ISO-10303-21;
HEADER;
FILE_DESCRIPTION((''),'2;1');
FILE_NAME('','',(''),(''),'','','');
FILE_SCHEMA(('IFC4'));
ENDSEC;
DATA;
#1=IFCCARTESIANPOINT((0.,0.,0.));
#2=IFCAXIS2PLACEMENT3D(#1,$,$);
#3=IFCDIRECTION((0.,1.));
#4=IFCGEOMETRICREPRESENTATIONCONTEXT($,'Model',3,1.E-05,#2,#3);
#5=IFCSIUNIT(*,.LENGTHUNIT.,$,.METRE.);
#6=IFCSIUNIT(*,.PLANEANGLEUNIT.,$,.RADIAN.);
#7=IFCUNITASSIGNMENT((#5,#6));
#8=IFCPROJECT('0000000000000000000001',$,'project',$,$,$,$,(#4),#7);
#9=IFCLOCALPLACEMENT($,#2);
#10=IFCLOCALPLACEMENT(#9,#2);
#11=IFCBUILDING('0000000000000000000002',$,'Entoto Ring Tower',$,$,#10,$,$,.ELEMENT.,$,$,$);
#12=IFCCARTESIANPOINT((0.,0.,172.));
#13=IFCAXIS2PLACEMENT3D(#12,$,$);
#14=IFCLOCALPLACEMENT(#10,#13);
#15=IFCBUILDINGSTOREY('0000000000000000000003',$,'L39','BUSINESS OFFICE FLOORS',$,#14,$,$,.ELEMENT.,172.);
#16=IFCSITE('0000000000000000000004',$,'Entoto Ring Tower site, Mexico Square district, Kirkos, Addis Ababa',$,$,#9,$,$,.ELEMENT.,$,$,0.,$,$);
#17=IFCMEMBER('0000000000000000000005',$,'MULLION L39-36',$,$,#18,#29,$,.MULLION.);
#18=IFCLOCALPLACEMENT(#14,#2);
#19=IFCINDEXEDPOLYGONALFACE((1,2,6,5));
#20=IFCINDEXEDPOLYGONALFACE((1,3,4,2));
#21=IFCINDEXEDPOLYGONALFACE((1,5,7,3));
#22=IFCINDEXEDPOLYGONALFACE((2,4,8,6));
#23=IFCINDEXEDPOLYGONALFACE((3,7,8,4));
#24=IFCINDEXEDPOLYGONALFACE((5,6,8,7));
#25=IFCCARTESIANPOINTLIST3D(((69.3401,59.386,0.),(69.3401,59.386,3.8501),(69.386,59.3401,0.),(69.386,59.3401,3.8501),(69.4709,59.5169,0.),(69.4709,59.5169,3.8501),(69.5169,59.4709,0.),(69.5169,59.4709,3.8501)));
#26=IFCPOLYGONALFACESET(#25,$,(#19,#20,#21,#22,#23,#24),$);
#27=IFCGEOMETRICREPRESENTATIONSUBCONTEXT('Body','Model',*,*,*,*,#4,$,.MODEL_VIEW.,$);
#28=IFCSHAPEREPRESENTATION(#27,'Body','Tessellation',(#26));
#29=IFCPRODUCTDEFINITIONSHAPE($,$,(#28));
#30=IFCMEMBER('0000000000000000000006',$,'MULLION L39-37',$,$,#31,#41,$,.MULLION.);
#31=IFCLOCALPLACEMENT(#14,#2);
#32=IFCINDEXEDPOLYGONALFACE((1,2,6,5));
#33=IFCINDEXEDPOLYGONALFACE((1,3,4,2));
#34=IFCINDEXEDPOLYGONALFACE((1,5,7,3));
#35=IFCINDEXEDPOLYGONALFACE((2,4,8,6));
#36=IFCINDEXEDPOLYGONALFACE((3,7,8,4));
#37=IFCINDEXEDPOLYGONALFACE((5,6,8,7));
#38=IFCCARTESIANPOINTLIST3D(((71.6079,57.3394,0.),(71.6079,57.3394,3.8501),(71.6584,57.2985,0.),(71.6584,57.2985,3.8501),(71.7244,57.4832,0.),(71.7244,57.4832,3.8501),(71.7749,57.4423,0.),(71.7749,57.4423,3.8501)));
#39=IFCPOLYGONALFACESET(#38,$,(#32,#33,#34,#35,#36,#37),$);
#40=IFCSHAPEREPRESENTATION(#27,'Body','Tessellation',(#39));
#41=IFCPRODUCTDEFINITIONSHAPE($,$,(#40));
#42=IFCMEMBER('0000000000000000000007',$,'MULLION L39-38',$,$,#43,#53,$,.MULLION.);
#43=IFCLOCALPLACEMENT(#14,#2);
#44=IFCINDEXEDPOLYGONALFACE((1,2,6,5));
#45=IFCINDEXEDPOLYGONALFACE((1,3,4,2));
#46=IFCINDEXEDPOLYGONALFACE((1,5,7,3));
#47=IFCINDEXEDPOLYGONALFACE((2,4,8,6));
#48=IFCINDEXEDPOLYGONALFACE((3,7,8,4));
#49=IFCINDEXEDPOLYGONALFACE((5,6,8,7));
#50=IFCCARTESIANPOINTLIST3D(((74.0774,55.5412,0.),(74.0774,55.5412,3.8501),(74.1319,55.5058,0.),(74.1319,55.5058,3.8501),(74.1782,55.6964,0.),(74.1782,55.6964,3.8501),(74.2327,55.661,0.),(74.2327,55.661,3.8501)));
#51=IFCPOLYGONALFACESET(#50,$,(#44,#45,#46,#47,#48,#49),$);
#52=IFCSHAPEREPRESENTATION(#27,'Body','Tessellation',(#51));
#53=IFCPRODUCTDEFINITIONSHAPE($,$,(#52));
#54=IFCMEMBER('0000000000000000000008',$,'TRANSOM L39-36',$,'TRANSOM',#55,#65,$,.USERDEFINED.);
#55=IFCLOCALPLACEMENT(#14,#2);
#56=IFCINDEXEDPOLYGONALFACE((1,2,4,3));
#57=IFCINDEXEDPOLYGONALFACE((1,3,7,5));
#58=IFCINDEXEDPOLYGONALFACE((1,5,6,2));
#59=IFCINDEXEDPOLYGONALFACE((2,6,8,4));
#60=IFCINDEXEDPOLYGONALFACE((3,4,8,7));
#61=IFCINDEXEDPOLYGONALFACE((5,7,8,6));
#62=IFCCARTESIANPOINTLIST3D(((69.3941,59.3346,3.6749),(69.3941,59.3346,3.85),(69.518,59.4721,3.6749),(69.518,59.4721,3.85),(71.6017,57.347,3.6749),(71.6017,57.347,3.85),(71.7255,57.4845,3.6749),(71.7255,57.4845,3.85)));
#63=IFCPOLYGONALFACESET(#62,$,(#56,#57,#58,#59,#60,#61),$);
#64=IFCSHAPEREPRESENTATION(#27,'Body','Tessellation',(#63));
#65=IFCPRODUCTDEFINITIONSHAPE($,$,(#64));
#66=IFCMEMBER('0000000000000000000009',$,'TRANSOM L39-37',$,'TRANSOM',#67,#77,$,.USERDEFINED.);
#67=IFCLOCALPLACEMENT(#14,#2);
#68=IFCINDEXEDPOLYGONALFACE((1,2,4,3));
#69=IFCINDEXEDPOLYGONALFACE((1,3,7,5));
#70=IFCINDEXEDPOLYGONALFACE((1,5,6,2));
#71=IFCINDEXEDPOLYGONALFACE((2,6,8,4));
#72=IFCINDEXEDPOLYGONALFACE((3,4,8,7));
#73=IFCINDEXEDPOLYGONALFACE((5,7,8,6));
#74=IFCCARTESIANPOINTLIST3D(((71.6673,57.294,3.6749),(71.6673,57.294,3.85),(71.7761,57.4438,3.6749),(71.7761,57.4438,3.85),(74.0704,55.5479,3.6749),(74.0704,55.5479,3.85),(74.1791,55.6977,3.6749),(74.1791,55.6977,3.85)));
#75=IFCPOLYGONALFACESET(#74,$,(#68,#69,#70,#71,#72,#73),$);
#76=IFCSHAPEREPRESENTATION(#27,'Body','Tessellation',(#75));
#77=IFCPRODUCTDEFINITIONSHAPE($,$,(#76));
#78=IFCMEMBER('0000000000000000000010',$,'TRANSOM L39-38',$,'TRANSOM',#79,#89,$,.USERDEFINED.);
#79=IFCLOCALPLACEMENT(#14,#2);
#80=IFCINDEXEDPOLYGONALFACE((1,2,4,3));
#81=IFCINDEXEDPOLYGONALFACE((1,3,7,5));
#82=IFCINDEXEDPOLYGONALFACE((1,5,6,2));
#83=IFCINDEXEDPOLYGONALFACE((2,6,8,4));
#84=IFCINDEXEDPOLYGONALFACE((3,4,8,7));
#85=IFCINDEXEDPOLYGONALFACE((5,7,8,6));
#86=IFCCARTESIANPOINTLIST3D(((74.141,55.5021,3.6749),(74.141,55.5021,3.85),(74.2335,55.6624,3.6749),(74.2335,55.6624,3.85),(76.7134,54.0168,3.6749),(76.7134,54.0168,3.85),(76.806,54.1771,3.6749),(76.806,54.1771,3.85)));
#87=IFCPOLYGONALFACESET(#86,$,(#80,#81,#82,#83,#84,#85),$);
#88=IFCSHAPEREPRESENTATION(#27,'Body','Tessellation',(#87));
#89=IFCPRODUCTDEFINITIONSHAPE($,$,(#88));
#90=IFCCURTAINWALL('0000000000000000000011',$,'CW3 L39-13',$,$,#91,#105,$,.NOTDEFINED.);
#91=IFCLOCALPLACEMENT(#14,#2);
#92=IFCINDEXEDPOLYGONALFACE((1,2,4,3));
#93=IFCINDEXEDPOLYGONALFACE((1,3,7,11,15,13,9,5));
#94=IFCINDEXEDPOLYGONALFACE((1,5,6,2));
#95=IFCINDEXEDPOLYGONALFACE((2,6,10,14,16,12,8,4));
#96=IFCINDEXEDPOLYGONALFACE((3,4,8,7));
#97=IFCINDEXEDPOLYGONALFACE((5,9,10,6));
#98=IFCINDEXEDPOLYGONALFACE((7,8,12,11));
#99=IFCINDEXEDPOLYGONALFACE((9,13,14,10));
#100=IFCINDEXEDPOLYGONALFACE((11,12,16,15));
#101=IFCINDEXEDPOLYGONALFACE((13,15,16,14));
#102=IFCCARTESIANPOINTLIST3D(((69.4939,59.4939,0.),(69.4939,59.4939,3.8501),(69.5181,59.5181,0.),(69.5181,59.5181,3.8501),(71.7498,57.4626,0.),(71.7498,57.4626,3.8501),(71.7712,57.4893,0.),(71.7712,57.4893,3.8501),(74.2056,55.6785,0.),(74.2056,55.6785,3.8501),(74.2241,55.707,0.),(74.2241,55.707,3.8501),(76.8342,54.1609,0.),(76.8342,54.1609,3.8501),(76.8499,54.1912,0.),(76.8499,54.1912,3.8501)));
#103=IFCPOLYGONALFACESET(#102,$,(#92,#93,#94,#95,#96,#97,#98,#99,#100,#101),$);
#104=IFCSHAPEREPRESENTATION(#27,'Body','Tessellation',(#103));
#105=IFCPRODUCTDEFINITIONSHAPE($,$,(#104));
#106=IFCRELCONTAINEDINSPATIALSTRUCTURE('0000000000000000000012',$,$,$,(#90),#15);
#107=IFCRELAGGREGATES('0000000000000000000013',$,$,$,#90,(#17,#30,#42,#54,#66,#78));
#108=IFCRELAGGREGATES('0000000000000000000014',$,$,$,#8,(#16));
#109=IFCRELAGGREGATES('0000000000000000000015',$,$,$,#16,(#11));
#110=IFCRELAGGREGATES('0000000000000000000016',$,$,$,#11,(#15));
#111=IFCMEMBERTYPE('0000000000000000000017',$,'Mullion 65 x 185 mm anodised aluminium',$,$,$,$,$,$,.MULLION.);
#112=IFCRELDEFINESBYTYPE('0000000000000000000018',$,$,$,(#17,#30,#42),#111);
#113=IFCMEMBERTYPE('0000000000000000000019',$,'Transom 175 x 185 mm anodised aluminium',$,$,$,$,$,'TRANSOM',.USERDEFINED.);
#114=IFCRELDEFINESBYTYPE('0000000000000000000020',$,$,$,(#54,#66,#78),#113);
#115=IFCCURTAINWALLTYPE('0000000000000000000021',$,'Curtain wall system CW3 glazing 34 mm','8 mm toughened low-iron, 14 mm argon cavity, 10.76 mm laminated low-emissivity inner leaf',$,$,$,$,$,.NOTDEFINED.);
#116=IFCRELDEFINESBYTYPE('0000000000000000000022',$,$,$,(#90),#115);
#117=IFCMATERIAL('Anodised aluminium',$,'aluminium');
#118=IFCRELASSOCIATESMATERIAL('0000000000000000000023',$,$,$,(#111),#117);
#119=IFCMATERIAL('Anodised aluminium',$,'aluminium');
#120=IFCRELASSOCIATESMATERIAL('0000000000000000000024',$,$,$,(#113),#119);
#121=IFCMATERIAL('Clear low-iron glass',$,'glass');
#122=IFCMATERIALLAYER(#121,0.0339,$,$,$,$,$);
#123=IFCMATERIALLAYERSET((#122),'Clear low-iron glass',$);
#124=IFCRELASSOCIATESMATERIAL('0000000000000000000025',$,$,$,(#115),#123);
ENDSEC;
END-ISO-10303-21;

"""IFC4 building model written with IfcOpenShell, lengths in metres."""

from ifc_helpers import new_model, si_unit, direction, frame, origin, origin_2d, place, context, subcontext, project, spatial, polyline, rectangle, outline, extrude, material, layer, layer_set, material_profile, profile_set, type_object, element, aggregate, save


model = new_model("IFC4")

# Units and contexts
model_context = context("Model", 3, precision=1e-05, world=origin(), true_north=direction((0.0, 1.0)))
body_context = subcontext(model_context, "Body", "Model", "MODEL_VIEW")
ifc_project = project(units=[si_unit("LENGTHUNIT", "METRE"), si_unit("PLANEANGLEUNIT", "RADIAN")], contexts=[model_context])

# Members
ifc_material_1 = material(Name="Anodised aluminium", Category="aluminium")
ifc_material_profile_1 = material_profile(ifc_material_1, rectangle(XDim=0.0649, YDim=0.1851, at=origin_2d()), Name="Mullion 65 x 185 mm anodised aluminium")
ifc_profile_set_1 = profile_set([ifc_material_profile_1], Name="Anodised aluminium")
member_type_1 = type_object("IfcMemberType", Name="Mullion 65 x 185 mm anodised aluminium", PredefinedType="MULLION", material=ifc_profile_set_1)
site_placement = place(None, origin())
building_placement = place(site_placement, origin())
storey_placement = place(building_placement, frame((0.0, 0.0, 172.0)))
member_1_placement = place(storey_placement, frame((69.4285, 59.4285, 0.0), z_axis=(0.0, 0.0, 1.0), x_axis=(0.707107, -0.707107, 0.0)))
member_1 = element("IfcMember", 1, at=member_1_placement, type_object=member_type_1, Name="MULLION L39-36", PredefinedType="MULLION", context=body_context, shape_type="SweptSolid", body=[
    extrude(rectangle(XDim=0.0649, YDim=0.1851, at=origin_2d()), origin(), (0.0, 0.0, 1.0), 3.8501),
])
member_2_placement = place(storey_placement, frame((71.6914, 57.3909, 0.0), z_axis=(0.0, 0.0, 1.0), x_axis=(0.777146, -0.62932, 0.0)))
member_2 = element("IfcMember", 2, at=member_2_placement, type_object=member_type_1, Name="MULLION L39-37", PredefinedType="MULLION", context=body_context, shape_type="SweptSolid", body=[
    extrude(rectangle(XDim=0.0649, YDim=0.1851, at=origin_2d()), origin(), (0.0, 0.0, 1.0), 3.8501),
])
member_3_placement = place(storey_placement, frame((74.155, 55.6011, 0.0), z_axis=(0.0, 0.0, 1.0), x_axis=(0.838671, -0.544639, 0.0)))
member_3 = element("IfcMember", 3, at=member_3_placement, type_object=member_type_1, Name="MULLION L39-38", PredefinedType="MULLION", context=body_context, shape_type="SweptSolid", body=[
    extrude(rectangle(XDim=0.0649, YDim=0.1851, at=origin_2d()), origin(), (0.0, 0.0, 1.0), 3.8501),
])
ifc_material_2 = material(Name="Anodised aluminium", Category="aluminium")
ifc_material_profile_2 = material_profile(ifc_material_2, rectangle(XDim=0.1851, YDim=0.175, at=origin_2d()), Name="Transom 175 x 185 mm anodised aluminium")
ifc_profile_set_2 = profile_set([ifc_material_profile_2], Name="Anodised aluminium")
member_type_2 = type_object("IfcMemberType", Name="Transom 175 x 185 mm anodised aluminium", ElementType="TRANSOM", PredefinedType="USERDEFINED", material=ifc_profile_set_2)
member_4_placement = place(storey_placement, frame((69.4561, 59.4033, 3.7625), z_axis=(0.743163, -0.66911, 0.0), x_axis=(0.66911, 0.743163, 0.0)))
member_4 = element("IfcMember", 4, at=member_4_placement, type_object=member_type_2, Name="TRANSOM L39-36", ObjectType="TRANSOM", PredefinedType="USERDEFINED", context=body_context, shape_type="SweptSolid", body=[
    extrude(rectangle(XDim=0.1851, YDim=0.175, at=origin_2d()), origin(), (0.0, 0.0, 1.0), 2.9705),
])
member_5_placement = place(storey_placement, frame((71.7217, 57.3689, 3.7625), z_axis=(0.808992, -0.58782, 0.0), x_axis=(0.58782, 0.808992, 0.0)))
member_5 = element("IfcMember", 5, at=member_5_placement, type_object=member_type_2, Name="TRANSOM L39-37", ObjectType="TRANSOM", PredefinedType="USERDEFINED", context=body_context, shape_type="SweptSolid", body=[
    extrude(rectangle(XDim=0.1851, YDim=0.175, at=origin_2d()), origin(), (0.0, 0.0, 1.0), 2.9705),
])
member_6_placement = place(storey_placement, frame((74.1873, 55.5823, 3.7625), z_axis=(0.866009, -0.500028, 0.0), x_axis=(0.500028, 0.866009, 0.0)))
member_6 = element("IfcMember", 6, at=member_6_placement, type_object=member_type_2, Name="TRANSOM L39-38", ObjectType="TRANSOM", PredefinedType="USERDEFINED", context=body_context, shape_type="SweptSolid", body=[
    extrude(rectangle(XDim=0.1851, YDim=0.175, at=origin_2d()), origin(), (0.0, 0.0, 1.0), 2.9705),
])

# Site, building, storey
site = spatial("IfcSite", under=ifc_project, at=site_placement, Name="Entoto Ring Tower site, Mexico Square district, Kirkos, Addis Ababa", CompositionType="ELEMENT", RefElevation=0.0)
building = spatial("IfcBuilding", under=site, at=building_placement, Name="Entoto Ring Tower", CompositionType="ELEMENT")
storey = spatial("IfcBuildingStorey", under=building, at=storey_placement, Name="L39", Description="BUSINESS OFFICE FLOORS", CompositionType="ELEMENT", Elevation=172.0)

# Curtain wall
ifc_material_3 = material(Name="Clear low-iron glass", Category="glass")
ifc_layer = layer(ifc_material_3, 0.0339)
ifc_layer_set = layer_set([ifc_layer], Name="Clear low-iron glass")
curtain_wall_type = type_object("IfcCurtainWallType", Name="Curtain wall system CW3 glazing 34 mm", Description="8 mm toughened low-iron, 14 mm argon cavity, 10.76 mm laminated low-emissivity inner leaf", PredefinedType="NOTDEFINED", material=ifc_layer_set)
curtain_wall_1_placement = place(storey_placement, origin())
curtain_wall_1 = element("IfcCurtainWall", 7, at=curtain_wall_1_placement, inside=storey, type_object=curtain_wall_type, Name="CW3 L39-13", PredefinedType="NOTDEFINED", context=body_context, shape_type="SweptSolid", body=[
    extrude(outline(polyline([(69.4939, 59.4939), (71.7498, 57.4626), (74.2056, 55.6785), (76.8342, 54.1609), (76.8499, 54.1912), (74.2241, 55.707), (71.7712, 57.4893), (69.5181, 59.5181), (69.4939, 59.4939)])), origin(), (0.0, 0.0, 1.0), 3.8501),
])
aggregate(curtain_wall_1, [member_1, member_2, member_3, member_4, member_5, member_6])

save(model, "model.ifc")
